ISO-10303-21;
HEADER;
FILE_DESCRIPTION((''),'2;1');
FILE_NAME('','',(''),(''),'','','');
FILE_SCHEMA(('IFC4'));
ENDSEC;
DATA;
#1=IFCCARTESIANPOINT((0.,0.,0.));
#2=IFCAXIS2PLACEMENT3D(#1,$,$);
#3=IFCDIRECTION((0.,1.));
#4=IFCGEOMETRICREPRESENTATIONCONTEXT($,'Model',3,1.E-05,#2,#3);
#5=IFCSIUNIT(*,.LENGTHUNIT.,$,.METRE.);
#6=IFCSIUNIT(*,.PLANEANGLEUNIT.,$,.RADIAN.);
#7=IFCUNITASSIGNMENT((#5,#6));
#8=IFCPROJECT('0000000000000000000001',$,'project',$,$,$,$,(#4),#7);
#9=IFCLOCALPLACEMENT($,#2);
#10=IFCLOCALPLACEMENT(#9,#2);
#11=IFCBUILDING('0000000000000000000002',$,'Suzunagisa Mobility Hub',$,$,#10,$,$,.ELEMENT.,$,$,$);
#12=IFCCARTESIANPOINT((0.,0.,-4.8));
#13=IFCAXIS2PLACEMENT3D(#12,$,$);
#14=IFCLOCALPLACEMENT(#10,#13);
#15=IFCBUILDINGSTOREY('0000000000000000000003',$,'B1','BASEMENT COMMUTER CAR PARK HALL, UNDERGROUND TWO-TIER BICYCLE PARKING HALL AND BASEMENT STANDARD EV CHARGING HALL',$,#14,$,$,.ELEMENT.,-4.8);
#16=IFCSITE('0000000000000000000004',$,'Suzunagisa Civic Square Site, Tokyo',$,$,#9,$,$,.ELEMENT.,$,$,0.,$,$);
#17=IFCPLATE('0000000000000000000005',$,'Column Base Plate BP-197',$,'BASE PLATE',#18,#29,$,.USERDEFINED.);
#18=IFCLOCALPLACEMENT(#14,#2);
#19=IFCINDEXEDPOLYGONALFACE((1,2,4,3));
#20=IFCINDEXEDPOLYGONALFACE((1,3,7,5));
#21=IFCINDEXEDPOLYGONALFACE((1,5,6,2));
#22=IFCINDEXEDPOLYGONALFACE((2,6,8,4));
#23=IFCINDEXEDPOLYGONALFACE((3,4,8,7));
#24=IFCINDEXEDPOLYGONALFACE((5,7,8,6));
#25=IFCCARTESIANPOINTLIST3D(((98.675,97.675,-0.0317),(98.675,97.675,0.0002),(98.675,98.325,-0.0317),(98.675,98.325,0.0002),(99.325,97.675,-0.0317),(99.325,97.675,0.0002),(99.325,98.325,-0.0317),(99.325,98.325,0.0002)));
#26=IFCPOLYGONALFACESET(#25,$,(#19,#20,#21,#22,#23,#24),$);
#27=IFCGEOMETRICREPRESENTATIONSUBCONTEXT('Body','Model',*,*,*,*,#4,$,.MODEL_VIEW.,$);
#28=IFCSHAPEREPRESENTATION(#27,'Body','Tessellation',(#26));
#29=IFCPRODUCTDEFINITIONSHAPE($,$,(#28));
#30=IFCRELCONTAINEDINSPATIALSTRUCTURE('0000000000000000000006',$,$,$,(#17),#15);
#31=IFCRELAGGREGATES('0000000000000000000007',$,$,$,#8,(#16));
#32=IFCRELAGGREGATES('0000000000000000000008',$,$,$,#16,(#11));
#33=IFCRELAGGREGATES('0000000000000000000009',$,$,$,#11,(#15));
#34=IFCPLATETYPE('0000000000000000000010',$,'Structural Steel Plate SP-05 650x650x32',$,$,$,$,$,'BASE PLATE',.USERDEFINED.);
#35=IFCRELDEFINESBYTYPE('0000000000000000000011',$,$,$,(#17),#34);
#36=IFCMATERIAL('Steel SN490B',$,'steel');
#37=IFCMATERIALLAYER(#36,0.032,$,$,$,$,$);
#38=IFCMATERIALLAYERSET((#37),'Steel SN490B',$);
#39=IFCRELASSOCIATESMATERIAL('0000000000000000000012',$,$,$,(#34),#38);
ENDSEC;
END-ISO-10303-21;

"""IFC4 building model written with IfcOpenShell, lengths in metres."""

from ifc_helpers import new_model, si_unit, direction, frame, origin, origin_2d, place, context, subcontext, project, spatial, rectangle, extrude, material, layer, layer_set, type_object, element, save


model = new_model("IFC4")

# Units and contexts
model_context = context("Model", 3, precision=1e-05, world=origin(), true_north=direction((0.0, 1.0)))
body_context = subcontext(model_context, "Body", "Model", "MODEL_VIEW")
ifc_project = project(units=[si_unit("LENGTHUNIT", "METRE"), si_unit("PLANEANGLEUNIT", "RADIAN")], contexts=[model_context])

# Site, building, storey
site_placement = place(None, origin())
site = spatial("IfcSite", under=ifc_project, at=site_placement, Name="Suzunagisa Civic Square Site, Tokyo", CompositionType="ELEMENT", RefElevation=0.0)
building_placement = place(site_placement, origin())
building = spatial("IfcBuilding", under=site, at=building_placement, Name="Suzunagisa Mobility Hub", CompositionType="ELEMENT")
storey_placement = place(building_placement, frame((0.0, 0.0, -4.8)))
storey = spatial("IfcBuildingStorey", under=building, at=storey_placement, Name="B1", Description="BASEMENT COMMUTER CAR PARK HALL, UNDERGROUND TWO-TIER BICYCLE PARKING HALL AND BASEMENT STANDARD EV CHARGING HALL", CompositionType="ELEMENT", Elevation=-4.8)

# Shared definitions
ifc_material_1 = material(Name="Steel SN490B", Category="steel")

# Plate
ifc_layer = layer(ifc_material_1, 0.032)
ifc_layer_set = layer_set([ifc_layer], Name="Steel SN490B")
plate_type = type_object("IfcPlateType", Name="Structural Steel Plate SP-05 650x650x32", ElementType="BASE PLATE", PredefinedType="USERDEFINED", material=ifc_layer_set)
plate_placement = place(storey_placement, frame((99.0, 98.0, -0.0317), z_axis=(0.0, 0.0, 1.0), x_axis=(1.0, 0.0, 0.0)))
element("IfcPlate", 1, at=plate_placement, inside=storey, type_object=plate_type, Name="Column Base Plate BP-197", ObjectType="BASE PLATE", PredefinedType="USERDEFINED", context=body_context, shape_type="SweptSolid", body=[
    extrude(rectangle(XDim=0.6499, YDim=0.6499, at=origin_2d()), origin(), (0.0, 0.0, 1.0), 0.032),
])

save(model, "model.ifc")
